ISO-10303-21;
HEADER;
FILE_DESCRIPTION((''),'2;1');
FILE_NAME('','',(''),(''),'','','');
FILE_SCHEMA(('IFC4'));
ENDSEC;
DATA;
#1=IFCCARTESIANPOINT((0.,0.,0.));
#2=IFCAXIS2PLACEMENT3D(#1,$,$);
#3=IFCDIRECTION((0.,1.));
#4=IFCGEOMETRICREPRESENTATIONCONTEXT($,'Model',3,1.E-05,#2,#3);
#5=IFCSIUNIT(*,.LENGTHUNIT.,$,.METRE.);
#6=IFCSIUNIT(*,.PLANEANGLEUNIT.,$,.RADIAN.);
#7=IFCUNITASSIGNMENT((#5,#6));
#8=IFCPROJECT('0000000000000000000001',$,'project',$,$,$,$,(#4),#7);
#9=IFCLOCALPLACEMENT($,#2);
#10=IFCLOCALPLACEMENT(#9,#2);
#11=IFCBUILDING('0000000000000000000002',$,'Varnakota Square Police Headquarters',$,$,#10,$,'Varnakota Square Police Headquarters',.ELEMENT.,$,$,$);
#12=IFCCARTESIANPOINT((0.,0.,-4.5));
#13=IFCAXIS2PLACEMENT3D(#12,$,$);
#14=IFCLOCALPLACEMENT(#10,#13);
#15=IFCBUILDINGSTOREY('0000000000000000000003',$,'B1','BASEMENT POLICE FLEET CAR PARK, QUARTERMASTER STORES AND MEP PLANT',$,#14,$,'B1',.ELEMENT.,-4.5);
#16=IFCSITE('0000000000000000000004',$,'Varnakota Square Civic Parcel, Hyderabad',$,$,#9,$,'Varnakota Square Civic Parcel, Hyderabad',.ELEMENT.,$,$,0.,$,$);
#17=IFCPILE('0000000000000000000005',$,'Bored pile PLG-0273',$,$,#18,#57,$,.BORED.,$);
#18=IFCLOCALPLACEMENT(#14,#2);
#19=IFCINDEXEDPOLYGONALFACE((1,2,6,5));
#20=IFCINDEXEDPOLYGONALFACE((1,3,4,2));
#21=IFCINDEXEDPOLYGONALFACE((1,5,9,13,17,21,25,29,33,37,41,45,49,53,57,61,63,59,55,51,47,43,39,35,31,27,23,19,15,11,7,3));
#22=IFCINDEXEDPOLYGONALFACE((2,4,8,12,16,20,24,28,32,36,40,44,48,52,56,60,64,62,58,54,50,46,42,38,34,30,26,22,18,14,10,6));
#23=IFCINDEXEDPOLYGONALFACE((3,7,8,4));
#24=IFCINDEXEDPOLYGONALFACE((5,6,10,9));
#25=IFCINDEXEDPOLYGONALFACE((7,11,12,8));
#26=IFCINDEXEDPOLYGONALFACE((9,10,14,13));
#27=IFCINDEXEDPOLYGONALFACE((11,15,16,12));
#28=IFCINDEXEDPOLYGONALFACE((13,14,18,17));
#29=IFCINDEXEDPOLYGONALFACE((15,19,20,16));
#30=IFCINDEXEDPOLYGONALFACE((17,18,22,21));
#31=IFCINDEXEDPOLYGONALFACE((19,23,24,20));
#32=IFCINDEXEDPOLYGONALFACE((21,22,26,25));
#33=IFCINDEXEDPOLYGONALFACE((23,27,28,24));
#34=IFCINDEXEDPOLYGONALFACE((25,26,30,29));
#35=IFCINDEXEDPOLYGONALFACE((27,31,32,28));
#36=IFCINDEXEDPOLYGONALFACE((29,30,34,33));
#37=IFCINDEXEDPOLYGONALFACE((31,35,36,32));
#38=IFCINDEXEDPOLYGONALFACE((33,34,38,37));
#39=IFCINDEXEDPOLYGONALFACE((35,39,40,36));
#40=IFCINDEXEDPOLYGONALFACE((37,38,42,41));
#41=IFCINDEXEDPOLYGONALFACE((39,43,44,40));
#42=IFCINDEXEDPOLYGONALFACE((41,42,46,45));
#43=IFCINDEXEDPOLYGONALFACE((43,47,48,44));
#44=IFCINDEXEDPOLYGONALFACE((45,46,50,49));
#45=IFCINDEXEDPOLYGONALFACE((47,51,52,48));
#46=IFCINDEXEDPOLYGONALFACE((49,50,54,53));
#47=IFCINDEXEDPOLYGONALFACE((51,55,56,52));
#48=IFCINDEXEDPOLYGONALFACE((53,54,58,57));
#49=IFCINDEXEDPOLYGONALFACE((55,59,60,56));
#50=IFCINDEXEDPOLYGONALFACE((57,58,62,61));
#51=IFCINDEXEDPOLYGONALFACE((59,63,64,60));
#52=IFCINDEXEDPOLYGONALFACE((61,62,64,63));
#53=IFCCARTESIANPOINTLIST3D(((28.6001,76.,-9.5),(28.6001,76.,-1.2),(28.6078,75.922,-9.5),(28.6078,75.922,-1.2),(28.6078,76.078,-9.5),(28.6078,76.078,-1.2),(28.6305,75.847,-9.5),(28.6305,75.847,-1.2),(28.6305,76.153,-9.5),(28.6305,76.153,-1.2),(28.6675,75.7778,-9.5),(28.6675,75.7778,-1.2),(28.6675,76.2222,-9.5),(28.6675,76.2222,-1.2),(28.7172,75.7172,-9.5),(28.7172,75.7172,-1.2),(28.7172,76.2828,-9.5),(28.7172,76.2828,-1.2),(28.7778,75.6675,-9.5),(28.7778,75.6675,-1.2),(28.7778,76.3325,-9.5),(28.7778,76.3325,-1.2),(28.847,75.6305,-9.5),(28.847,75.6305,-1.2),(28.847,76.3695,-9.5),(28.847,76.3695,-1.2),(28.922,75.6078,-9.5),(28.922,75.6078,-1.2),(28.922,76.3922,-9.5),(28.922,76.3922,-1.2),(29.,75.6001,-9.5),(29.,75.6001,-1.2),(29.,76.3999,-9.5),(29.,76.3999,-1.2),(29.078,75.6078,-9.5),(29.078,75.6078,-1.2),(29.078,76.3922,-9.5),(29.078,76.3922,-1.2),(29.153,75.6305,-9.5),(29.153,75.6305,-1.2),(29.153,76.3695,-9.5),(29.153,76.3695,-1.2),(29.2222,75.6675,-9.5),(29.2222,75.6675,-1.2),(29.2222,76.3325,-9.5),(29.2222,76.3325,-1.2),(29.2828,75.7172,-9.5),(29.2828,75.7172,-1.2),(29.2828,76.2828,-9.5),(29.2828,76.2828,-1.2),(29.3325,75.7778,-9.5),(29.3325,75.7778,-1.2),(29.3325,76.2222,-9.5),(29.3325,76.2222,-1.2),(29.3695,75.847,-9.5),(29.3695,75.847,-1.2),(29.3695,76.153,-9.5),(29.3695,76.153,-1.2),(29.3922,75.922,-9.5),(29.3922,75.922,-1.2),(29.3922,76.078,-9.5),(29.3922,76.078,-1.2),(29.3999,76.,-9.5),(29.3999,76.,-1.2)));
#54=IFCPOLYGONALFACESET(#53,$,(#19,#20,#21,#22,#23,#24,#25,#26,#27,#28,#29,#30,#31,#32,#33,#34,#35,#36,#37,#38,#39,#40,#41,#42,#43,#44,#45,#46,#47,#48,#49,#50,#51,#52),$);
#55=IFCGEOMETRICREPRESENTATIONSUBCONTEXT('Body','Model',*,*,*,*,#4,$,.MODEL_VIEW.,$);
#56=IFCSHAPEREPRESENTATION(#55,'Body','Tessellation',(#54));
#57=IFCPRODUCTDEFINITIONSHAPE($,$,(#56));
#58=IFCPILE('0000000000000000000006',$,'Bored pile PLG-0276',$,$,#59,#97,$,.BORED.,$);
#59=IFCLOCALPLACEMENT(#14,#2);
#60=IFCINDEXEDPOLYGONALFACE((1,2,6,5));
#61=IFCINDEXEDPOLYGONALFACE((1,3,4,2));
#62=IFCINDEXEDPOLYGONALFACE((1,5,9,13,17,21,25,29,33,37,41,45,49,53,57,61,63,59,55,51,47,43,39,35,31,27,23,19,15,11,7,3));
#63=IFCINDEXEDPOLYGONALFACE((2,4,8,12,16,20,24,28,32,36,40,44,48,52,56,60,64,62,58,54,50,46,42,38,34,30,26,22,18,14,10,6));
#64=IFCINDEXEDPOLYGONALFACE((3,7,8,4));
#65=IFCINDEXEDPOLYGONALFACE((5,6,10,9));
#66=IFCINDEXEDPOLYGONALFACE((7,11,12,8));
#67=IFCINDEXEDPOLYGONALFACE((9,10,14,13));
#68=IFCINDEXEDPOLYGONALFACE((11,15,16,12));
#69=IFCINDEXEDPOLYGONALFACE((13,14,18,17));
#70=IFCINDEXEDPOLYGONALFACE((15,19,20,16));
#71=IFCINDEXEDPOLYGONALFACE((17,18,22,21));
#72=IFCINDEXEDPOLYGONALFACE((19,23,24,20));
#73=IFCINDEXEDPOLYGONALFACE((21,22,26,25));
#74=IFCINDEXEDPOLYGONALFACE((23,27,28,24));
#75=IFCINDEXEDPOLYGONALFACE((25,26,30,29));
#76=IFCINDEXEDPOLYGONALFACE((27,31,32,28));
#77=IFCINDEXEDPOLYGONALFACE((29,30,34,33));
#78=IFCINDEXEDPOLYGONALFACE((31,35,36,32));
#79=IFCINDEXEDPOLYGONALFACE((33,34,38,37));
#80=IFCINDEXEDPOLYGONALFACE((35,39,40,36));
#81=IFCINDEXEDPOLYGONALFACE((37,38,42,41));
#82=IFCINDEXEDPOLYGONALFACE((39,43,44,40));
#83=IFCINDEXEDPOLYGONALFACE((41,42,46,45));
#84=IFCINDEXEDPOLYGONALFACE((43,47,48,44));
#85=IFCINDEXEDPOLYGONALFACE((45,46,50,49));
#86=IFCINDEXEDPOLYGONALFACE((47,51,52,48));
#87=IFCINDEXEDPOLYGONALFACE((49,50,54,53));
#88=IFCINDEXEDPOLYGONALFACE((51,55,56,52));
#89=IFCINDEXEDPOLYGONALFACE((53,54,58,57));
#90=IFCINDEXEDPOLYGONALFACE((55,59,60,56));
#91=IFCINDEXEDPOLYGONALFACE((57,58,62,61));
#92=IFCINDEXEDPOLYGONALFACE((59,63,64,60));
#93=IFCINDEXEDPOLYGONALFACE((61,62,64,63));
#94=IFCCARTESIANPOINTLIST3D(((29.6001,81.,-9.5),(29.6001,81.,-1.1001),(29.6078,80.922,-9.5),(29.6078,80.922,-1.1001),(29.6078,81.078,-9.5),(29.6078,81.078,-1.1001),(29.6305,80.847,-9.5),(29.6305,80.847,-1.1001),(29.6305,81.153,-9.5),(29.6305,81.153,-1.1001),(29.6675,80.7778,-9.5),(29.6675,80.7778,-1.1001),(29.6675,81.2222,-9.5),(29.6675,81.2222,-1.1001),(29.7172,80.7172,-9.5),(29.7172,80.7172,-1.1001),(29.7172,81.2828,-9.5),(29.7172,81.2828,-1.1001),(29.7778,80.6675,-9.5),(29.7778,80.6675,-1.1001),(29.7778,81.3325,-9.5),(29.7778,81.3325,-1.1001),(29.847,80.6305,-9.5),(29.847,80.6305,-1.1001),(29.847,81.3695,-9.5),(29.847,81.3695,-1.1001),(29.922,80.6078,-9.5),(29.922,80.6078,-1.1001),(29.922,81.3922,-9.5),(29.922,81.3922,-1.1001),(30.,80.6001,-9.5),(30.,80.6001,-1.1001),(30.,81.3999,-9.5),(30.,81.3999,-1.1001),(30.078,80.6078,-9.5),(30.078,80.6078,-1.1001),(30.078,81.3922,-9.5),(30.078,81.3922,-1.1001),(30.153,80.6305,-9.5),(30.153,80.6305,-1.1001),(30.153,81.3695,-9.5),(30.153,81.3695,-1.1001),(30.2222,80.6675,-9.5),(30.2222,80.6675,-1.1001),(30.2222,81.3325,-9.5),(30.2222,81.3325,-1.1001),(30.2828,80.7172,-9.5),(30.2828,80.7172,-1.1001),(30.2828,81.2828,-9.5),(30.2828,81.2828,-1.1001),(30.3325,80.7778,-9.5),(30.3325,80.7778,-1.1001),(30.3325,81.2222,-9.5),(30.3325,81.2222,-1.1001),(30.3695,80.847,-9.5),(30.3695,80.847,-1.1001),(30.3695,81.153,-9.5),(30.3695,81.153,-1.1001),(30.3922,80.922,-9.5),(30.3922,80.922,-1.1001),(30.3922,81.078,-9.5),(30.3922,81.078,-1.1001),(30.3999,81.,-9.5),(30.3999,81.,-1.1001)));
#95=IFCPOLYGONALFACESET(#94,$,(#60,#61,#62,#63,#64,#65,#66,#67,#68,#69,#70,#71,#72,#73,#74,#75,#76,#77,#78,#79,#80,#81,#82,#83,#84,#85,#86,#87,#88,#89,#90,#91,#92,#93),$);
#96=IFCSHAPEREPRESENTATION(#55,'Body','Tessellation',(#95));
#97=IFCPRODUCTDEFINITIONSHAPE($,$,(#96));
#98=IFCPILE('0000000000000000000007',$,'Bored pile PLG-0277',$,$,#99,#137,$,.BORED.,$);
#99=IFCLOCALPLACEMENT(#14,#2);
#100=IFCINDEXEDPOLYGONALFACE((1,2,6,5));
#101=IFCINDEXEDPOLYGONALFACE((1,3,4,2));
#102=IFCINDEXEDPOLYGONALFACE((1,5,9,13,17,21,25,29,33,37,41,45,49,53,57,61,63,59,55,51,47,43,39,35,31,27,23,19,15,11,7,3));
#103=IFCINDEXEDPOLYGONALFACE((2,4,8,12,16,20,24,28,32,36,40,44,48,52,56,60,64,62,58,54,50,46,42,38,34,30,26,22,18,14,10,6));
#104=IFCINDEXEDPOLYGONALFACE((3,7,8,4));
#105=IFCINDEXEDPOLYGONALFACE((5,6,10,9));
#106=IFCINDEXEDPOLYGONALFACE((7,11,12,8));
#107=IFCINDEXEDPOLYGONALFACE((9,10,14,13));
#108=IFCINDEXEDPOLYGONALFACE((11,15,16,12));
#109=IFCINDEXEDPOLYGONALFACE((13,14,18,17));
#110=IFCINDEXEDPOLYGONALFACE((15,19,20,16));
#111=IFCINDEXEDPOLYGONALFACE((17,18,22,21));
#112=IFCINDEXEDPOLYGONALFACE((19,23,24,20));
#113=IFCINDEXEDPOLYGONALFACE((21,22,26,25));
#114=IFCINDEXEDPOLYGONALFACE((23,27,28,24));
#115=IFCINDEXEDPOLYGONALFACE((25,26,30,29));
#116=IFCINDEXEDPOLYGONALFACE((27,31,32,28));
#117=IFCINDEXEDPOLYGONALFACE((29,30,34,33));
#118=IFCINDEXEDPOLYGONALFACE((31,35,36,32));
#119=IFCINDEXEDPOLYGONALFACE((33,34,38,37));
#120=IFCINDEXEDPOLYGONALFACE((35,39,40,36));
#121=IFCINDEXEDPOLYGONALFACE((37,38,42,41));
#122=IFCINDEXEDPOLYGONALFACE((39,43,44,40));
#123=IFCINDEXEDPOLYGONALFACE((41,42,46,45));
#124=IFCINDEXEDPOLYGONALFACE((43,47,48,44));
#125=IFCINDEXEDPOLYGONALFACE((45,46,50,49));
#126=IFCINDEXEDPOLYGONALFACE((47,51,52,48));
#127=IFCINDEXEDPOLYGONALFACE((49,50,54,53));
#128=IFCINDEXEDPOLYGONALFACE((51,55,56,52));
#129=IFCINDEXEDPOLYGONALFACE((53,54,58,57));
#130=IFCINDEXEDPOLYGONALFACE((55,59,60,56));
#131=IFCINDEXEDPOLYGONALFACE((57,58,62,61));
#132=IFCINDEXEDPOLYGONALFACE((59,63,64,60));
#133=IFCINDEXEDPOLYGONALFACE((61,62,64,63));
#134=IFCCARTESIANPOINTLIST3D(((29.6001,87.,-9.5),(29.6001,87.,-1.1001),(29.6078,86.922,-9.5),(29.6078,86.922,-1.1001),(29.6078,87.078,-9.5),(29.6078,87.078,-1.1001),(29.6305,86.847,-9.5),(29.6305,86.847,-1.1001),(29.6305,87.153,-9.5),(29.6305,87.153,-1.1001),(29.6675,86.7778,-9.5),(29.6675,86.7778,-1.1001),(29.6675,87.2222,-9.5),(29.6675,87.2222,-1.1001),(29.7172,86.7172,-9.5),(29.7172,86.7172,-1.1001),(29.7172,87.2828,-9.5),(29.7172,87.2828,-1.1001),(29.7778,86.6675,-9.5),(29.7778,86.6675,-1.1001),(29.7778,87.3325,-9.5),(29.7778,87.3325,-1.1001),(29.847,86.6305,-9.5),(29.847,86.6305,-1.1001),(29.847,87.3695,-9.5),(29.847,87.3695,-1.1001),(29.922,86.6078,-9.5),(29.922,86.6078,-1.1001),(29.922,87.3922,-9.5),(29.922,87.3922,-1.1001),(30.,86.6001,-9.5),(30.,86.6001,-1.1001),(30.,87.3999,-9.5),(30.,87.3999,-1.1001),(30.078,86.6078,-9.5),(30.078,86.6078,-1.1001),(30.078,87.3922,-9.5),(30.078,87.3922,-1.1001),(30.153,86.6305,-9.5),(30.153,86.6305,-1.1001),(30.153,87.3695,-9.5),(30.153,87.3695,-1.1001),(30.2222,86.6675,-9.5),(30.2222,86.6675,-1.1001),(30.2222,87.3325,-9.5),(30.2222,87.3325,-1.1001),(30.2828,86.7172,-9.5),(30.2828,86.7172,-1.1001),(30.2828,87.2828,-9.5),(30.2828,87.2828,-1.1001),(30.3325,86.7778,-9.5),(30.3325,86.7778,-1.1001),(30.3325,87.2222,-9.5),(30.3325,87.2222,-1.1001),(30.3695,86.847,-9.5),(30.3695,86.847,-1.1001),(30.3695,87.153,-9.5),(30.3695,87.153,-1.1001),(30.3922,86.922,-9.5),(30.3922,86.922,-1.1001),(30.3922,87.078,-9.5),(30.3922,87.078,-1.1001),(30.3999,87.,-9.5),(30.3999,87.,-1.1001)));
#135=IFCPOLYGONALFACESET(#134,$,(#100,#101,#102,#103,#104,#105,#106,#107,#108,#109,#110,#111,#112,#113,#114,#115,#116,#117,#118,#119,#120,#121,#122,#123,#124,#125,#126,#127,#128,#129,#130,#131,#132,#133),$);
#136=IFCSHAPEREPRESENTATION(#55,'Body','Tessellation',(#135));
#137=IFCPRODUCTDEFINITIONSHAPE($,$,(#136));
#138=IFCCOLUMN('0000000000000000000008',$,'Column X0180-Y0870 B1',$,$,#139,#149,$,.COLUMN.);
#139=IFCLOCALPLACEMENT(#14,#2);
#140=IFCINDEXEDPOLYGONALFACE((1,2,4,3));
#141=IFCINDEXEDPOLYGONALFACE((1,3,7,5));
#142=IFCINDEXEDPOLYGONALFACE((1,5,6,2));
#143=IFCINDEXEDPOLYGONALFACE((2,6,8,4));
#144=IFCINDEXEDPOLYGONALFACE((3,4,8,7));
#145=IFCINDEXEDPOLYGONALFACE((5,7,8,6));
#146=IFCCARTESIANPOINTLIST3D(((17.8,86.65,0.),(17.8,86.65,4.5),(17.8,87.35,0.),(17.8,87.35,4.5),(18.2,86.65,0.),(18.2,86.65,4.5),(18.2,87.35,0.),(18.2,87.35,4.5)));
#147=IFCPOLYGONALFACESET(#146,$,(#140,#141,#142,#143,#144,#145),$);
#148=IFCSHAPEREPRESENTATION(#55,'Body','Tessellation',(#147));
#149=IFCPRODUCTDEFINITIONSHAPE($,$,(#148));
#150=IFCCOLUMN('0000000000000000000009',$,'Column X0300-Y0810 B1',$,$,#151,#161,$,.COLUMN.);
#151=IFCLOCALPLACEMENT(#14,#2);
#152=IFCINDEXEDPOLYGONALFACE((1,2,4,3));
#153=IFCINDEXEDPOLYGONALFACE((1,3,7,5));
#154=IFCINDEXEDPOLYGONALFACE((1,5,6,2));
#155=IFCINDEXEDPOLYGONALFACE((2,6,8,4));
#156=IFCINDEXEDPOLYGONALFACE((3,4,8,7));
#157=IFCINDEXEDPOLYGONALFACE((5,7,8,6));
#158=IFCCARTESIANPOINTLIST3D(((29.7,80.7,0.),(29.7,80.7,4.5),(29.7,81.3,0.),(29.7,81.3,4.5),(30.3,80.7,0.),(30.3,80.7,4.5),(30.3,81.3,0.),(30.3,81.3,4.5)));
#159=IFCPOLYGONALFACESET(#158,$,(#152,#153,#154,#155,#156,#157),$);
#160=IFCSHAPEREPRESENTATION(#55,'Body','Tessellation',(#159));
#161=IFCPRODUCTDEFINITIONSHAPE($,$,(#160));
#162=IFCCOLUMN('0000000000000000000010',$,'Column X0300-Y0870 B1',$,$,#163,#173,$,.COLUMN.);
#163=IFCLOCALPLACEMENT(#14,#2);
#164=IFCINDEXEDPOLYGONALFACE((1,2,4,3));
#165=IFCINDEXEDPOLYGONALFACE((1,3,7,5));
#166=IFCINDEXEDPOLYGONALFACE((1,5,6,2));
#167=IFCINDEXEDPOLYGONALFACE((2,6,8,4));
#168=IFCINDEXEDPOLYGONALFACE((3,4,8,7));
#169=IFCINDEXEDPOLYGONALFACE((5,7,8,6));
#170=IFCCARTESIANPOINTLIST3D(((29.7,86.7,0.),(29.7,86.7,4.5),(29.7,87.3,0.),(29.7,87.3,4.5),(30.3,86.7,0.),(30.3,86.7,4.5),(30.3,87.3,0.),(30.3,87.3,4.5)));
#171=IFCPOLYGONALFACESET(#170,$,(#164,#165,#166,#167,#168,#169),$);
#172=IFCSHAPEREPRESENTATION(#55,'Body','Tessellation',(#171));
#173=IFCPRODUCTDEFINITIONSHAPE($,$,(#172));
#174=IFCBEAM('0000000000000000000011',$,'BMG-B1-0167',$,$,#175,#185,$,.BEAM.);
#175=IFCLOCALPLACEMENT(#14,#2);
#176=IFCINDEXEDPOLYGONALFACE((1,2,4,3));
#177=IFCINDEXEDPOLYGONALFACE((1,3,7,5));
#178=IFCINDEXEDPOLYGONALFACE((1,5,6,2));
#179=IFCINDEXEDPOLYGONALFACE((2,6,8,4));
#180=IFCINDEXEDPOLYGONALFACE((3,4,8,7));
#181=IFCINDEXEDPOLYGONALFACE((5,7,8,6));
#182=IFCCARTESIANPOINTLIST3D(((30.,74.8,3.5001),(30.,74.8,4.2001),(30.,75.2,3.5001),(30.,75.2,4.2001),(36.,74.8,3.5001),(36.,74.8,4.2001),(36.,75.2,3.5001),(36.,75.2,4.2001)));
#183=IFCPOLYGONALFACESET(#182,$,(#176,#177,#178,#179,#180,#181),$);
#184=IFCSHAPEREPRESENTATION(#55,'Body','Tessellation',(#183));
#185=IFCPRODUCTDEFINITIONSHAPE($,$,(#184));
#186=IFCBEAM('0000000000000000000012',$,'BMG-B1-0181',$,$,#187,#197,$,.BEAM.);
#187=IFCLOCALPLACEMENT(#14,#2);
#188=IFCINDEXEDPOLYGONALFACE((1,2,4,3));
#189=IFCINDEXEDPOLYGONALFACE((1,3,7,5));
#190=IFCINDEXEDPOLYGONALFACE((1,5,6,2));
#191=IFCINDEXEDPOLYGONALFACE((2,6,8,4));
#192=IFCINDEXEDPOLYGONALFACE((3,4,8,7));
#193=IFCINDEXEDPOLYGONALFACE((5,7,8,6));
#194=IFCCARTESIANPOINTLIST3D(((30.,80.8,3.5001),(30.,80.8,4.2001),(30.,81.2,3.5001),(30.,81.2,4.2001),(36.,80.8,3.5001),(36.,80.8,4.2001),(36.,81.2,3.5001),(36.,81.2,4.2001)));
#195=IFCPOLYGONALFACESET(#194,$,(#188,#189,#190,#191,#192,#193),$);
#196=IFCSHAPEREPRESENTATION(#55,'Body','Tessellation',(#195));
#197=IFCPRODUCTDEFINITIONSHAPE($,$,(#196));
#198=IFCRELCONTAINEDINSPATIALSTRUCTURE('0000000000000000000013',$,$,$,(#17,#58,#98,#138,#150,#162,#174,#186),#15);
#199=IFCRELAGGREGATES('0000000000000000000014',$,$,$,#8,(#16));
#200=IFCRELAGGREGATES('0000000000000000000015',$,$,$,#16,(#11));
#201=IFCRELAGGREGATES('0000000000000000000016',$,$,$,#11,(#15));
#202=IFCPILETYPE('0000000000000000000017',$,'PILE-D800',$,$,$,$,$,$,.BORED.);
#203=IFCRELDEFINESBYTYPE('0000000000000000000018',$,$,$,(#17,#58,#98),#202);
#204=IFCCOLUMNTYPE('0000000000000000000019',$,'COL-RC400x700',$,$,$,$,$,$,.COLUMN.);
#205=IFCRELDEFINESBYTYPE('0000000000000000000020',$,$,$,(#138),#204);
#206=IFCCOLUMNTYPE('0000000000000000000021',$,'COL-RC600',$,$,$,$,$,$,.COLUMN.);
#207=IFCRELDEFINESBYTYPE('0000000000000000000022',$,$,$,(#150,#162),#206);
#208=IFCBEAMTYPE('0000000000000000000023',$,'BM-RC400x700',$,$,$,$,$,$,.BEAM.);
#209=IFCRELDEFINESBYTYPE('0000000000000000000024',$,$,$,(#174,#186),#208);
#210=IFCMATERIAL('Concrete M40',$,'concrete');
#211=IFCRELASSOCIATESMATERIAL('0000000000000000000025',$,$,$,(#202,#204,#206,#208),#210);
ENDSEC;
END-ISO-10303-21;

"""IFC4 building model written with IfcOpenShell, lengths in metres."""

from ifc_helpers import new_model, si_unit, direction, frame, origin, origin_2d, place, context, subcontext, project, spatial, rectangle, circle, extrude, material, material_profile, profile_set, type_object, element, save


model = new_model("IFC4")

# Units and contexts
model_context = context("Model", 3, precision=1e-05, world=origin(), true_north=direction((0.0, 1.0)))
body_context = subcontext(model_context, "Body", "Model", "MODEL_VIEW")
ifc_project = project(units=[si_unit("LENGTHUNIT", "METRE"), si_unit("PLANEANGLEUNIT", "RADIAN")], contexts=[model_context])

# Site, building, storey
site_placement = place(None, origin())
site = spatial("IfcSite", under=ifc_project, at=site_placement, Name="Varnakota Square Civic Parcel, Hyderabad", LongName="Varnakota Square Civic Parcel, Hyderabad", CompositionType="ELEMENT", RefElevation=0.0)
building_placement = place(site_placement, origin())
building = spatial("IfcBuilding", under=site, at=building_placement, Name="Varnakota Square Police Headquarters", LongName="Varnakota Square Police Headquarters", CompositionType="ELEMENT")
storey_placement = place(building_placement, frame((0.0, 0.0, -4.5)))
storey = spatial("IfcBuildingStorey", under=building, at=storey_placement, Name="B1", Description="BASEMENT POLICE FLEET CAR PARK, QUARTERMASTER STORES AND MEP PLANT", LongName="B1", CompositionType="ELEMENT", Elevation=-4.5)

# Shared definitions
ifc_material_1 = material(Name="Concrete M40", Category="concrete")

# Piles
ifc_material_profile_1 = material_profile(ifc_material_1, circle(Radius=0.3999, at=origin_2d()), Name="BORED PILE 800")
ifc_profile_set_1 = profile_set([ifc_material_profile_1], Name="Concrete M40")
pile_type = type_object("IfcPileType", Name="PILE-D800", PredefinedType="BORED", material=ifc_profile_set_1)
pile_1_placement = place(storey_placement, frame((29.0, 76.0, -1.2), z_axis=(0.0, 0.0, -1.0), x_axis=(1.0, 0.0, 0.0)))
element("IfcPile", 1, at=pile_1_placement, inside=storey, type_object=pile_type, Name="Bored pile PLG-0273", PredefinedType="BORED", context=body_context, shape_type="SweptSolid", body=[
    extrude(circle(Radius=0.3999, at=origin_2d()), origin(), (0.0, 0.0, 1.0), 8.3),
])
for number, where, z_axis, x_axis, name in (
    (2, (30.0, 81.0, -1.1001), (0.0, 0.0, -1.0), (1.0, 0.0, 0.0), "Bored pile PLG-0276"),
    (3, (30.0, 87.0, -1.1001), (0.0, 0.0, -1.0), (1.0, 0.0, 0.0), "Bored pile PLG-0277"),
):
    element("IfcPile", number, at=place(storey_placement, frame(where, z_axis=z_axis, x_axis=x_axis)), inside=storey, type_object=pile_type, Name=name, PredefinedType="BORED", context=body_context, shape_type="SweptSolid", body=[
        extrude(circle(Radius=0.3999, at=origin_2d()), origin(), (0.0, 0.0, 1.0), 8.3999),
    ])

# Columns
ifc_material_profile_2 = material_profile(ifc_material_1, rectangle(XDim=0.3999, YDim=0.7, at=origin_2d()), Name="RC 400x700")
ifc_profile_set_2 = profile_set([ifc_material_profile_2], Name="Concrete M40")
column_type_1 = type_object("IfcColumnType", Name="COL-RC400x700", PredefinedType="COLUMN", material=ifc_profile_set_2)
column_placement = place(storey_placement, frame((18.0, 87.0, 0.0), z_axis=(0.0, 0.0, 1.0), x_axis=(1.0, 0.0, 0.0)))
element("IfcColumn", 4, at=column_placement, inside=storey, type_object=column_type_1, Name="Column X0180-Y0870 B1", PredefinedType="COLUMN", context=body_context, shape_type="SweptSolid", body=[
    extrude(rectangle(XDim=0.3999, YDim=0.7, at=origin_2d()), origin(), (0.0, 0.0, 1.0), 4.5),
])
ifc_material_profile_3 = material_profile(ifc_material_1, rectangle(XDim=0.6001, YDim=0.6001, at=origin_2d()), Name="RC 600x600")
ifc_profile_set_3 = profile_set([ifc_material_profile_3], Name="Concrete M40")
column_type_2 = type_object("IfcColumnType", Name="COL-RC600", PredefinedType="COLUMN", material=ifc_profile_set_3)
for number, where, z_axis, x_axis, name in (
    (5, (30.0, 81.0, 0.0), (0.0, 0.0, 1.0), (1.0, 0.0, 0.0), "Column X0300-Y0810 B1"),
    (6, (30.0, 87.0, 0.0), (0.0, 0.0, 1.0), (1.0, 0.0, 0.0), "Column X0300-Y0870 B1"),
):
    element("IfcColumn", number, at=place(storey_placement, frame(where, z_axis=z_axis, x_axis=x_axis)), inside=storey, type_object=column_type_2, Name=name, PredefinedType="COLUMN", context=body_context, shape_type="SweptSolid", body=[
        extrude(rectangle(XDim=0.6001, YDim=0.6001, at=origin_2d()), origin(), (0.0, 0.0, 1.0), 4.5),
    ])

# Beams
ifc_material_profile_4 = material_profile(ifc_material_1, rectangle(XDim=0.3999, YDim=0.7, at=origin_2d()), Name="RC 400x700")
ifc_profile_set_4 = profile_set([ifc_material_profile_4], Name="Concrete M40")
beam_type_1 = type_object("IfcBeamType", Name="BM-RC400x700", PredefinedType="BEAM", material=ifc_profile_set_4)
for number, where, z_axis, x_axis, name in (
    (7, (30.0, 75.0, 3.8501), (1.0, 0.0, 0.0), (0.0, 1.0, 0.0), "BMG-B1-0167"),
    (8, (30.0, 81.0, 3.8501), (1.0, 0.0, 0.0), (0.0, 1.0, 0.0), "BMG-B1-0181"),
):
    element("IfcBeam", number, at=place(storey_placement, frame(where, z_axis=z_axis, x_axis=x_axis)), inside=storey, type_object=beam_type_1, Name=name, PredefinedType="BEAM", context=body_context, shape_type="SweptSolid", body=[
        extrude(rectangle(XDim=0.3999, YDim=0.7, at=origin_2d()), origin(), (0.0, 0.0, 1.0), 6.0),
    ])

save(model, "model.ifc")
